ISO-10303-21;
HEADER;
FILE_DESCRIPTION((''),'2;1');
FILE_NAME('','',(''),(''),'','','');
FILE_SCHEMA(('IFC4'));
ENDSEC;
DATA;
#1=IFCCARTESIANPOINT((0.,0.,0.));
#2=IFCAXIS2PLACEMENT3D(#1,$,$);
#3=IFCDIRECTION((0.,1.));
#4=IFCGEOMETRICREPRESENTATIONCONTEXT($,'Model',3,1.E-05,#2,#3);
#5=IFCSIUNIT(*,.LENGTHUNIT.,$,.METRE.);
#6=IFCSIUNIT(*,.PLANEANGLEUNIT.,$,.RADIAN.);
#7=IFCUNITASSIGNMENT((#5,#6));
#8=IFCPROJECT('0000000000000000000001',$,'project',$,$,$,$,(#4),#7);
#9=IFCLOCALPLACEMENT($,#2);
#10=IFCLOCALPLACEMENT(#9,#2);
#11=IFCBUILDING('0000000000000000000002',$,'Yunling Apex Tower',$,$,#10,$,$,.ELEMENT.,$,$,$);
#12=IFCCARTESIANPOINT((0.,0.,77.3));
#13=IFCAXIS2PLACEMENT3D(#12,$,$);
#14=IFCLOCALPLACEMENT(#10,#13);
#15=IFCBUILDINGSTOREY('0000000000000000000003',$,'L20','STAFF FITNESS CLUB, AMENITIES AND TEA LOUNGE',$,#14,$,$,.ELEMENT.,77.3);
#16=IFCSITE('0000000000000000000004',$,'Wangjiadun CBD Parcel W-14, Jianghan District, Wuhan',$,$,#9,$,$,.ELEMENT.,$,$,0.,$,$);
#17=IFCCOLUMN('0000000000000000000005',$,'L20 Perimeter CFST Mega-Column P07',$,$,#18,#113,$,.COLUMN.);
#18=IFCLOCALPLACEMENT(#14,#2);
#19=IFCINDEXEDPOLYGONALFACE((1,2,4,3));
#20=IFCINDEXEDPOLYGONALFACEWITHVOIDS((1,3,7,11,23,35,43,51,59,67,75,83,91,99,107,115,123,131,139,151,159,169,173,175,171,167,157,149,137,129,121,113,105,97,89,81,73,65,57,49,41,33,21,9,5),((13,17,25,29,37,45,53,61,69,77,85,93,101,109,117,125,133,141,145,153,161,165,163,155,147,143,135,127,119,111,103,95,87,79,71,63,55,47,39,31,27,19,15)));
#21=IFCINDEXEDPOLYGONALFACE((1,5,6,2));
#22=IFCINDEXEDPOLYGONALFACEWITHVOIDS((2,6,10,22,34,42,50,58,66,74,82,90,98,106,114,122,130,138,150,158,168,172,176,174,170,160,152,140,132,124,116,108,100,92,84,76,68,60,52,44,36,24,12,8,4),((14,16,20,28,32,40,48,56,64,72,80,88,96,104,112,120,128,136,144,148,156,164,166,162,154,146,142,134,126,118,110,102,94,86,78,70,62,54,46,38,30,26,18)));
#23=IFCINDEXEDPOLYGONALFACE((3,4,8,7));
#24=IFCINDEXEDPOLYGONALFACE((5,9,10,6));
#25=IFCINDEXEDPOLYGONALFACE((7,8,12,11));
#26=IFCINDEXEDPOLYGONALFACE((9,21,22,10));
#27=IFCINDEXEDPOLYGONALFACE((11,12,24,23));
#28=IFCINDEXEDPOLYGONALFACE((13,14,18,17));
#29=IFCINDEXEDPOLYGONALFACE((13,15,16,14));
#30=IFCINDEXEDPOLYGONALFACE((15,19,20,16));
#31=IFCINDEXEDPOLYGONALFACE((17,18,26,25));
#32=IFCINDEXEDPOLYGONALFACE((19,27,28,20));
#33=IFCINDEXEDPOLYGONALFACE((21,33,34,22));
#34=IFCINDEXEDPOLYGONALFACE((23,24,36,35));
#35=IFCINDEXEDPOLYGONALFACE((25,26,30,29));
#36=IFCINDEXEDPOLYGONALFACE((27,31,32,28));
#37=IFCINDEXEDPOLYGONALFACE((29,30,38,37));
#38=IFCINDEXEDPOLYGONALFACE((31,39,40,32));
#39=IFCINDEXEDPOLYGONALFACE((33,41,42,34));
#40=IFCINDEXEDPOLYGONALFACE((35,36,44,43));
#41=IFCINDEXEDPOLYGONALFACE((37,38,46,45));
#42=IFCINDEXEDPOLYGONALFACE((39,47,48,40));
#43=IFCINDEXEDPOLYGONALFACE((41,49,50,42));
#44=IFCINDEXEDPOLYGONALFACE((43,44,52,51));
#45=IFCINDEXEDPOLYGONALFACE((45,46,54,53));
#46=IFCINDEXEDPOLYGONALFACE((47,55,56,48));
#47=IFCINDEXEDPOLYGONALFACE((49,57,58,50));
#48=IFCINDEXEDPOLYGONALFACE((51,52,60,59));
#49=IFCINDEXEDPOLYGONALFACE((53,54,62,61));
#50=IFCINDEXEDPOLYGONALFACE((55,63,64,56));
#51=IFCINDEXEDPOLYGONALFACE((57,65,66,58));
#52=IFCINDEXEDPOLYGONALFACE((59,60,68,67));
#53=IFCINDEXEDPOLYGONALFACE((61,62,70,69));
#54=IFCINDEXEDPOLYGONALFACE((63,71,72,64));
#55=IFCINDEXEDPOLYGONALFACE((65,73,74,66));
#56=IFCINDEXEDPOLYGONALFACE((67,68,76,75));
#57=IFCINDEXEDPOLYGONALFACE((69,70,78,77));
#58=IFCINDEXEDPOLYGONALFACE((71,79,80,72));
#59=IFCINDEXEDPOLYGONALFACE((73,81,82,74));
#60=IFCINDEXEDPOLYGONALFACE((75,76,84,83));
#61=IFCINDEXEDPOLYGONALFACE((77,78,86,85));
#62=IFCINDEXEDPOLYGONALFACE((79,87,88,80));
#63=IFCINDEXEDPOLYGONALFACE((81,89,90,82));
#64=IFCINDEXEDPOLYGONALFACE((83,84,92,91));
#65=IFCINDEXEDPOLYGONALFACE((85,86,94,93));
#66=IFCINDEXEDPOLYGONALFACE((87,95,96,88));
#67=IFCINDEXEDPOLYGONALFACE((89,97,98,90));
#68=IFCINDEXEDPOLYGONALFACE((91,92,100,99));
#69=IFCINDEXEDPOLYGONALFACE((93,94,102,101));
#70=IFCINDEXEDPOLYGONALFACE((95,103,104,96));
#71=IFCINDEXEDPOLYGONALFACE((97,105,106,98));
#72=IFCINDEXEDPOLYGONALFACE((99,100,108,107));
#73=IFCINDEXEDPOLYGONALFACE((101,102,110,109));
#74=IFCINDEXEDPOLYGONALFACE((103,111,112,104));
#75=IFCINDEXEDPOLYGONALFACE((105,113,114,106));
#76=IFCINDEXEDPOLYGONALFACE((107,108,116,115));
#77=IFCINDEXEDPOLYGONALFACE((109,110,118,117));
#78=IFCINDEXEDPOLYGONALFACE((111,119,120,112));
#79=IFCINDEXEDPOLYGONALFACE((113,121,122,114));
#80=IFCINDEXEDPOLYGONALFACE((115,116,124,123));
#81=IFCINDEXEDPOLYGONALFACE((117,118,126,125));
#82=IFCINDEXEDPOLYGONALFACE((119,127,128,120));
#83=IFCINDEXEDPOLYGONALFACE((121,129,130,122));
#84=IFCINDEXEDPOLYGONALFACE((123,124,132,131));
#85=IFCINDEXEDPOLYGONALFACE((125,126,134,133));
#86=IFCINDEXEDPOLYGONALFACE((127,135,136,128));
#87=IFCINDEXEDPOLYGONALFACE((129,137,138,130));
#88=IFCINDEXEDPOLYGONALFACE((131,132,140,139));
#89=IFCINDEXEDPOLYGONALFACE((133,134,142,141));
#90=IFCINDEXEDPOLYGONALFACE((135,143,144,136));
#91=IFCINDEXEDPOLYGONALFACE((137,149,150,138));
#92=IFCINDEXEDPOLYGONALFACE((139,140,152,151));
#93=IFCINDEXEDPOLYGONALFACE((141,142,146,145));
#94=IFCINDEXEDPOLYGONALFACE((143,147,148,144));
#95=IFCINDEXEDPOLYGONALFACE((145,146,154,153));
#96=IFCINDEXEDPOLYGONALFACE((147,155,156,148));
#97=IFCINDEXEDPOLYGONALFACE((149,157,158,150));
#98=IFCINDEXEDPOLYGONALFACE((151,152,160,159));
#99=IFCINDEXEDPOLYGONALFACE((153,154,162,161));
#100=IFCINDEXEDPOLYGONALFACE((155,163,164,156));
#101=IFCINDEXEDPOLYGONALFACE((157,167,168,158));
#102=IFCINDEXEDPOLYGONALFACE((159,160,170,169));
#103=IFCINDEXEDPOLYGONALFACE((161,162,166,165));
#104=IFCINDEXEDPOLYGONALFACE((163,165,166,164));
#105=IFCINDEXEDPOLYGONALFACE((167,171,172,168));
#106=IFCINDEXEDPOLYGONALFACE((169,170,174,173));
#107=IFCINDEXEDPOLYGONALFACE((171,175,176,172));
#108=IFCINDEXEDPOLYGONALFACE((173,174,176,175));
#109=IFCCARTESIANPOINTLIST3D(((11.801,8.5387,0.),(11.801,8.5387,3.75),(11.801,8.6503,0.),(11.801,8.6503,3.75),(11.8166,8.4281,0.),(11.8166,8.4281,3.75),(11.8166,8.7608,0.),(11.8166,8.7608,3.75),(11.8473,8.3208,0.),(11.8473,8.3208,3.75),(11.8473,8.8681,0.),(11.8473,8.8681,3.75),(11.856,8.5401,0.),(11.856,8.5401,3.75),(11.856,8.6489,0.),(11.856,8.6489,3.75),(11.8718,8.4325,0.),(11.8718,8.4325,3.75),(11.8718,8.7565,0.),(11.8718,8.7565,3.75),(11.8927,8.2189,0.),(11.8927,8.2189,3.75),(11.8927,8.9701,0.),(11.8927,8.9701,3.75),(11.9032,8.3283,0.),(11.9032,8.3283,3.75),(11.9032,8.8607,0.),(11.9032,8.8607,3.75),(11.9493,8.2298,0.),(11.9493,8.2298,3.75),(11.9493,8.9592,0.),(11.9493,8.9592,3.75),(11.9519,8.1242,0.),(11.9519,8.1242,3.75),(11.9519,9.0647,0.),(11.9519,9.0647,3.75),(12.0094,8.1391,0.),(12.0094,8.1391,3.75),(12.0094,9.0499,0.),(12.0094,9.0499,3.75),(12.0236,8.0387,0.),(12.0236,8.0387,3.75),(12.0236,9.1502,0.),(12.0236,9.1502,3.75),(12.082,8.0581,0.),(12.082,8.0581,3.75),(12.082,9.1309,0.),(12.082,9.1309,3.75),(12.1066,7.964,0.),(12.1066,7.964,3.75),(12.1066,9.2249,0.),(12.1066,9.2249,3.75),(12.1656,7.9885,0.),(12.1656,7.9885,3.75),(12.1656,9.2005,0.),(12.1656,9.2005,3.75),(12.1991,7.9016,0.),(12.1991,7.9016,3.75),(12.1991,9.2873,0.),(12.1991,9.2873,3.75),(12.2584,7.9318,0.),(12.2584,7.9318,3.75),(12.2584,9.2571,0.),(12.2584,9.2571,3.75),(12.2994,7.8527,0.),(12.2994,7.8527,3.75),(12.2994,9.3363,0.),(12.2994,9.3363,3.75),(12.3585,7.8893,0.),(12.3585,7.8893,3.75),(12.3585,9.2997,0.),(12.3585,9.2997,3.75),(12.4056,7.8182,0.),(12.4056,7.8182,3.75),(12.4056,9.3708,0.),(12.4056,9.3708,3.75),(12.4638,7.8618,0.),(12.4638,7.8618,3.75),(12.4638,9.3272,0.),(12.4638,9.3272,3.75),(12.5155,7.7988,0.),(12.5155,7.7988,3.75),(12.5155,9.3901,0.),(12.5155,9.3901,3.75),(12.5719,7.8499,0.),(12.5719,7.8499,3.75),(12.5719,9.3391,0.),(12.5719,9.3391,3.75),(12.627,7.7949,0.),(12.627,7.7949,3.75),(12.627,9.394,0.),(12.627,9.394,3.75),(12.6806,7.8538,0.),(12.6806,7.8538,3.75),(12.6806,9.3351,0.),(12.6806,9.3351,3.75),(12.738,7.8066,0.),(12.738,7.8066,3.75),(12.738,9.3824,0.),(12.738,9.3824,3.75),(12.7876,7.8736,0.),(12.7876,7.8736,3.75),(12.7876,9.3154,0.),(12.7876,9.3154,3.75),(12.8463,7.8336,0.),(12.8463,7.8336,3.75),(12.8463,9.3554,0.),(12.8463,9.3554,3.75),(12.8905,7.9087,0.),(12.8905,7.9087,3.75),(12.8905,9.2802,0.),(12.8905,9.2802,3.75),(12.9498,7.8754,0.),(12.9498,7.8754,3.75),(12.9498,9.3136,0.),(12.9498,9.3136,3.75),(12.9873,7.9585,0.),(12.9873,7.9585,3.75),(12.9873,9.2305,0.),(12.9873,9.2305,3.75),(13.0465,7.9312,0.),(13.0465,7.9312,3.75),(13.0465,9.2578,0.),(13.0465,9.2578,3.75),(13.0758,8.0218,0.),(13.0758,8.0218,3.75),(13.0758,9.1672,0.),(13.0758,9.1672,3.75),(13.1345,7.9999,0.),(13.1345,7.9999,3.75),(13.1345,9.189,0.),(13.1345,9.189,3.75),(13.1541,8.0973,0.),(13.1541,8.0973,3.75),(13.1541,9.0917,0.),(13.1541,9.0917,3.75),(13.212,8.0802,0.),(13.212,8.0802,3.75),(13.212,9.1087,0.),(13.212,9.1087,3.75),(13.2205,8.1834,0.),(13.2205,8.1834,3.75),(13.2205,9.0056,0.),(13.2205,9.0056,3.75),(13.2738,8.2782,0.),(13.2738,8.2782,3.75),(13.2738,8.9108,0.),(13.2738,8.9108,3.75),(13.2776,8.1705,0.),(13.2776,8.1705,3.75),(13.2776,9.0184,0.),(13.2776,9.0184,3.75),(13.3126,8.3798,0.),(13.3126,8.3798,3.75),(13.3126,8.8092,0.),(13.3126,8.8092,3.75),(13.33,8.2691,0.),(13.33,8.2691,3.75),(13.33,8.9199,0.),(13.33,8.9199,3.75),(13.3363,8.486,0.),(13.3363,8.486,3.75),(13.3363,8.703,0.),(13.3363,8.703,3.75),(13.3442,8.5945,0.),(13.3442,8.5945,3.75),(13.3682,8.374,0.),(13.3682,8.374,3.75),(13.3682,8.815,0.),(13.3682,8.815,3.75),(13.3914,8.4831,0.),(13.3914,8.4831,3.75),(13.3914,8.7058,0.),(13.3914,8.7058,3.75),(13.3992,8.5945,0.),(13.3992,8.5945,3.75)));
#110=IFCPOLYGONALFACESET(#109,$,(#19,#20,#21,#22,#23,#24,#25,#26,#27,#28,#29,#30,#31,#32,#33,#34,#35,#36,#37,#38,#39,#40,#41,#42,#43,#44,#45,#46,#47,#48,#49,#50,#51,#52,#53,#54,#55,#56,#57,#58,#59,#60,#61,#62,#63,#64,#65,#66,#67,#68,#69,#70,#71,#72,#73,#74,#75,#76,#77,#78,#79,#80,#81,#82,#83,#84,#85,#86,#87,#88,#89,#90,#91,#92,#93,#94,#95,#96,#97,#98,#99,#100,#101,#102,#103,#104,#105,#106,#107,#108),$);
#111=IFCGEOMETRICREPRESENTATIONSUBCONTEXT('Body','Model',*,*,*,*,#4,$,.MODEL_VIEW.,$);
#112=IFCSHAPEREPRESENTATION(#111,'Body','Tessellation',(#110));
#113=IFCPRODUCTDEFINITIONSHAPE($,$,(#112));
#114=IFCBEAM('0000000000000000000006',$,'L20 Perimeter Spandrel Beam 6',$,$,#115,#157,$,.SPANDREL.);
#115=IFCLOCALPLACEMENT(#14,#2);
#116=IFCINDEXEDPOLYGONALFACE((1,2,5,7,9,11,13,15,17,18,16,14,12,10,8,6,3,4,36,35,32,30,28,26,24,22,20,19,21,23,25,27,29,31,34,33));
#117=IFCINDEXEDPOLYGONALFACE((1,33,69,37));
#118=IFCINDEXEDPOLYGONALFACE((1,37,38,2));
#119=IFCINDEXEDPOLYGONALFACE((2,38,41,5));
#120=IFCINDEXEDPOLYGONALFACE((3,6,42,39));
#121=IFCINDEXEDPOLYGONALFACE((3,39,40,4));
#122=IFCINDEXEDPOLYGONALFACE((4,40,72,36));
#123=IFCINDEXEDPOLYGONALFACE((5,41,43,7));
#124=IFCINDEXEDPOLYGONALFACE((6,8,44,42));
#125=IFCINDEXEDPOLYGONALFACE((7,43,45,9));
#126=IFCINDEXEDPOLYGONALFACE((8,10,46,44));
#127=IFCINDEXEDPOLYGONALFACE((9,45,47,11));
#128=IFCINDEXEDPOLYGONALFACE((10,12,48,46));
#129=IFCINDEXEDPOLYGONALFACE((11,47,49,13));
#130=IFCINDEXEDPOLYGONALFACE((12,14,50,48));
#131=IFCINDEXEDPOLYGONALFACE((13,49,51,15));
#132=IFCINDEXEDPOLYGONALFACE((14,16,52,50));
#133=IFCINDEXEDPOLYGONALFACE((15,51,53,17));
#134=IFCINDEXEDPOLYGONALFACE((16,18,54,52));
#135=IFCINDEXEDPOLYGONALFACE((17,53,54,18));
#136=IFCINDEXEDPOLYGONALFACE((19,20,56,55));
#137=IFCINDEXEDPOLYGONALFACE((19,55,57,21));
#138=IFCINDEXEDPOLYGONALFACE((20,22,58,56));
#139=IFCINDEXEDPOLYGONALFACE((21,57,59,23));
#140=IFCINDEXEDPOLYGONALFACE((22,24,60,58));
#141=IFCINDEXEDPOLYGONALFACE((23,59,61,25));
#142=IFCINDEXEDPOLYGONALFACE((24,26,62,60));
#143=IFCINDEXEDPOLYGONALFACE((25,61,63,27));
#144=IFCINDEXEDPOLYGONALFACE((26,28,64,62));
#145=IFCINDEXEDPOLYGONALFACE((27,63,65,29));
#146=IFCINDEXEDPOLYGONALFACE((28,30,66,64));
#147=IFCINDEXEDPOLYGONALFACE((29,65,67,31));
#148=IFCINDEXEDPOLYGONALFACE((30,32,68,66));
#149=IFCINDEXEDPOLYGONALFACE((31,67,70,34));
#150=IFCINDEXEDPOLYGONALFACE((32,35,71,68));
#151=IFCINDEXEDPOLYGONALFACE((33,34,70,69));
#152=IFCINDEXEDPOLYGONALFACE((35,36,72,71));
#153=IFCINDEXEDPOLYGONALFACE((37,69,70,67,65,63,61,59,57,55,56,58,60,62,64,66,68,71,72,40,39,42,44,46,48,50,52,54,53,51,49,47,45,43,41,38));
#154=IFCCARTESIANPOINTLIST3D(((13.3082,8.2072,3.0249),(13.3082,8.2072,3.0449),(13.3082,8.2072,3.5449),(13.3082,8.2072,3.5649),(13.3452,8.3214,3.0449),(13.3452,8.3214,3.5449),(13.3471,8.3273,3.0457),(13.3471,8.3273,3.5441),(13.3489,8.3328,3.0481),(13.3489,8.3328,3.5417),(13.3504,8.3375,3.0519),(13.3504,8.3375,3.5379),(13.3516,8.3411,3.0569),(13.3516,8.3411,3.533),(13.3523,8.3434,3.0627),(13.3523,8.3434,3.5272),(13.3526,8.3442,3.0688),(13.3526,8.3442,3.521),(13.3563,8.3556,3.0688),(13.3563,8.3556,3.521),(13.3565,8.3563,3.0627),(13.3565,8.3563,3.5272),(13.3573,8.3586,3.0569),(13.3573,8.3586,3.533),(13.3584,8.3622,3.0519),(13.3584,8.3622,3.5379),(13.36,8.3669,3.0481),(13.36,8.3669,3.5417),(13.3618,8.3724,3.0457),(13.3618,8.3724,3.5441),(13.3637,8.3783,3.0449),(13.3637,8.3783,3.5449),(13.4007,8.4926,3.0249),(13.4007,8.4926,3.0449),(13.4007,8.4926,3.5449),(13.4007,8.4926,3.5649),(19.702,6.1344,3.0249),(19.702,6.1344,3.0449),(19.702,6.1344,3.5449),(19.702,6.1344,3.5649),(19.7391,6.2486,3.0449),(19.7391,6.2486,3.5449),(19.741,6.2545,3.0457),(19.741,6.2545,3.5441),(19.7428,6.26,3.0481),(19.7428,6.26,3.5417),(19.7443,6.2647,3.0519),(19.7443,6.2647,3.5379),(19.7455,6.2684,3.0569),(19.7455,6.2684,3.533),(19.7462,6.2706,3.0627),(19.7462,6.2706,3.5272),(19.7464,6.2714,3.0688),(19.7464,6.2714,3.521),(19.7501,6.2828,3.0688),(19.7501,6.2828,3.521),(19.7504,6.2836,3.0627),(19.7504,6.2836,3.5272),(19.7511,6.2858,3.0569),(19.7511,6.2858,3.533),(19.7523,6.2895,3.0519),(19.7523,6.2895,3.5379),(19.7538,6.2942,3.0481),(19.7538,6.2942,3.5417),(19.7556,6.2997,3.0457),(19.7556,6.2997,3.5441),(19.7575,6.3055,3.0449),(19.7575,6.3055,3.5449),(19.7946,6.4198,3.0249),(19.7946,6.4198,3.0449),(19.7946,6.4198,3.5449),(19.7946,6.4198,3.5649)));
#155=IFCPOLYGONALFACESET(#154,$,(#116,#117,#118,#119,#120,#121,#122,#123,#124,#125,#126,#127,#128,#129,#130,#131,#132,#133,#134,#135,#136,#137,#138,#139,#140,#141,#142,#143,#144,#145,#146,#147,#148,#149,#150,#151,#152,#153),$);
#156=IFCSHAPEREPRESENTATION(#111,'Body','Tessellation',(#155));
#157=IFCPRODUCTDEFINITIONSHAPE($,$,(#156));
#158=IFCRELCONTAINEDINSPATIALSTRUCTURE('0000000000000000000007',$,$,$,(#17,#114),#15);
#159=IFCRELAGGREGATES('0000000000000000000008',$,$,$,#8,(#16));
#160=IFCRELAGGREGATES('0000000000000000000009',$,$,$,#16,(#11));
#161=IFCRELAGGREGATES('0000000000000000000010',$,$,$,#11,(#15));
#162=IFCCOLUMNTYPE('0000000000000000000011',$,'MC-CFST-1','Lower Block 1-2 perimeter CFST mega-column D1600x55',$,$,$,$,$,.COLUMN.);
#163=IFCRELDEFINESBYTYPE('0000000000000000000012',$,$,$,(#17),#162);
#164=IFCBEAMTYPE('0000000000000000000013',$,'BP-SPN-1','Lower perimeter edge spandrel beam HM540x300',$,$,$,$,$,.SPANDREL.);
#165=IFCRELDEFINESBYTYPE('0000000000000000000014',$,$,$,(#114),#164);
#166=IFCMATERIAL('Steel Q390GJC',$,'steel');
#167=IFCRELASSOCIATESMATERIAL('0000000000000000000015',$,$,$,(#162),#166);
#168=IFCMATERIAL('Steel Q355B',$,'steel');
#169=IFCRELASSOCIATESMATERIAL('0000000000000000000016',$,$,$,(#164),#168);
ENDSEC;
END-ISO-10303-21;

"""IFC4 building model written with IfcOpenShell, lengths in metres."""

from ifc_helpers import new_model, si_unit, direction, frame, origin, origin_2d, place, context, subcontext, project, spatial, hollow_circle, i_section, extrude, source, transform, mapped, material, material_profile, profile_set, type_object, element, save


model = new_model("IFC4")

# Units and contexts
model_context = context("Model", 3, precision=1e-05, world=origin(), true_north=direction((0.0, 1.0)))
body_context = subcontext(model_context, "Body", "Model", "MODEL_VIEW")
ifc_project = project(units=[si_unit("LENGTHUNIT", "METRE"), si_unit("PLANEANGLEUNIT", "RADIAN")], contexts=[model_context])

# Site, building, storey
site_placement = place(None, origin())
site = spatial("IfcSite", under=ifc_project, at=site_placement, Name="Wangjiadun CBD Parcel W-14, Jianghan District, Wuhan", CompositionType="ELEMENT", RefElevation=0.0)
building_placement = place(site_placement, origin())
building = spatial("IfcBuilding", under=site, at=building_placement, Name="Yunling Apex Tower", CompositionType="ELEMENT")
storey_placement = place(building_placement, frame((0.0, 0.0, 77.3)))
storey = spatial("IfcBuildingStorey", under=building, at=storey_placement, Name="L20", Description="STAFF FITNESS CLUB, AMENITIES AND TEA LOUNGE", CompositionType="ELEMENT", Elevation=77.3)

# Column
ifc_material_1 = material(Name="Steel Q390GJC", Category="steel")
ifc_material_profile_1 = material_profile(ifc_material_1, hollow_circle(Radius=0.8, WallThickness=0.0549, at=origin_2d()))
ifc_profile_set_1 = profile_set([ifc_material_profile_1], Name="Steel Q390GJC")
column_type = type_object("IfcColumnType", Name="MC-CFST-1", Description="Lower Block 1-2 perimeter CFST mega-column D1600x55", PredefinedType="COLUMN", material=ifc_profile_set_1)
shared_shape_1 = source(origin(), body_context, "Body", "SweptSolid", [
    extrude(hollow_circle(Radius=0.8, WallThickness=0.0549, at=origin_2d()), origin(), (0.0, 0.0, 1.0), 3.75),
])
for number, where, z_axis, x_axis, name in (
    (1, (12.5991, 8.5945, 0.0), (0.0, 0.0, 1.0), (1.0, 0.0, 0.0), "L20 Perimeter CFST Mega-Column P07"),
):
    element("IfcColumn", number, at=place(storey_placement, frame(where, z_axis=z_axis, x_axis=x_axis)), inside=storey, type_object=column_type, Name=name, PredefinedType="COLUMN", context=body_context, shape_type="MappedRepresentation", body=[
        mapped(shared_shape_1, transform((0.0, 0.0, 0.0), scale=1.0)),
    ])

# Beam
ifc_material_2 = material(Name="Steel Q355B", Category="steel")
ifc_material_profile_2 = material_profile(ifc_material_2, i_section(OverallWidth=0.3, OverallDepth=0.54, WebThickness=0.012, FlangeThickness=0.02, FilletRadius=0.0239, at=origin_2d()))
ifc_profile_set_2 = profile_set([ifc_material_profile_2], Name="Steel Q355B")
beam_type_1 = type_object("IfcBeamType", Name="BP-SPN-1", Description="Lower perimeter edge spandrel beam HM540x300", PredefinedType="SPANDREL", material=ifc_profile_set_2)
shared_shape_2 = source(origin(), body_context, "Body", "SweptSolid", [
    extrude(i_section(OverallWidth=0.3, OverallDepth=0.54, WebThickness=0.012, FlangeThickness=0.02, FilletRadius=0.0239, at=origin_2d()), origin(), (0.0, 0.0, 1.0), 6.7214),
])
beam_1_placement = place(storey_placement, frame((19.7483, 6.2771, 3.2949), z_axis=(-0.951263, 0.308382, 0.0), x_axis=(-0.308382, -0.951263, 0.0)))
element("IfcBeam", 2, at=beam_1_placement, inside=storey, type_object=beam_type_1, Name="L20 Perimeter Spandrel Beam 6", PredefinedType="SPANDREL", context=body_context, shape_type="MappedRepresentation", body=[
    mapped(shared_shape_2, transform((0.0, 0.0, 0.0), scale=1.0)),
])

save(model, "model.ifc")
